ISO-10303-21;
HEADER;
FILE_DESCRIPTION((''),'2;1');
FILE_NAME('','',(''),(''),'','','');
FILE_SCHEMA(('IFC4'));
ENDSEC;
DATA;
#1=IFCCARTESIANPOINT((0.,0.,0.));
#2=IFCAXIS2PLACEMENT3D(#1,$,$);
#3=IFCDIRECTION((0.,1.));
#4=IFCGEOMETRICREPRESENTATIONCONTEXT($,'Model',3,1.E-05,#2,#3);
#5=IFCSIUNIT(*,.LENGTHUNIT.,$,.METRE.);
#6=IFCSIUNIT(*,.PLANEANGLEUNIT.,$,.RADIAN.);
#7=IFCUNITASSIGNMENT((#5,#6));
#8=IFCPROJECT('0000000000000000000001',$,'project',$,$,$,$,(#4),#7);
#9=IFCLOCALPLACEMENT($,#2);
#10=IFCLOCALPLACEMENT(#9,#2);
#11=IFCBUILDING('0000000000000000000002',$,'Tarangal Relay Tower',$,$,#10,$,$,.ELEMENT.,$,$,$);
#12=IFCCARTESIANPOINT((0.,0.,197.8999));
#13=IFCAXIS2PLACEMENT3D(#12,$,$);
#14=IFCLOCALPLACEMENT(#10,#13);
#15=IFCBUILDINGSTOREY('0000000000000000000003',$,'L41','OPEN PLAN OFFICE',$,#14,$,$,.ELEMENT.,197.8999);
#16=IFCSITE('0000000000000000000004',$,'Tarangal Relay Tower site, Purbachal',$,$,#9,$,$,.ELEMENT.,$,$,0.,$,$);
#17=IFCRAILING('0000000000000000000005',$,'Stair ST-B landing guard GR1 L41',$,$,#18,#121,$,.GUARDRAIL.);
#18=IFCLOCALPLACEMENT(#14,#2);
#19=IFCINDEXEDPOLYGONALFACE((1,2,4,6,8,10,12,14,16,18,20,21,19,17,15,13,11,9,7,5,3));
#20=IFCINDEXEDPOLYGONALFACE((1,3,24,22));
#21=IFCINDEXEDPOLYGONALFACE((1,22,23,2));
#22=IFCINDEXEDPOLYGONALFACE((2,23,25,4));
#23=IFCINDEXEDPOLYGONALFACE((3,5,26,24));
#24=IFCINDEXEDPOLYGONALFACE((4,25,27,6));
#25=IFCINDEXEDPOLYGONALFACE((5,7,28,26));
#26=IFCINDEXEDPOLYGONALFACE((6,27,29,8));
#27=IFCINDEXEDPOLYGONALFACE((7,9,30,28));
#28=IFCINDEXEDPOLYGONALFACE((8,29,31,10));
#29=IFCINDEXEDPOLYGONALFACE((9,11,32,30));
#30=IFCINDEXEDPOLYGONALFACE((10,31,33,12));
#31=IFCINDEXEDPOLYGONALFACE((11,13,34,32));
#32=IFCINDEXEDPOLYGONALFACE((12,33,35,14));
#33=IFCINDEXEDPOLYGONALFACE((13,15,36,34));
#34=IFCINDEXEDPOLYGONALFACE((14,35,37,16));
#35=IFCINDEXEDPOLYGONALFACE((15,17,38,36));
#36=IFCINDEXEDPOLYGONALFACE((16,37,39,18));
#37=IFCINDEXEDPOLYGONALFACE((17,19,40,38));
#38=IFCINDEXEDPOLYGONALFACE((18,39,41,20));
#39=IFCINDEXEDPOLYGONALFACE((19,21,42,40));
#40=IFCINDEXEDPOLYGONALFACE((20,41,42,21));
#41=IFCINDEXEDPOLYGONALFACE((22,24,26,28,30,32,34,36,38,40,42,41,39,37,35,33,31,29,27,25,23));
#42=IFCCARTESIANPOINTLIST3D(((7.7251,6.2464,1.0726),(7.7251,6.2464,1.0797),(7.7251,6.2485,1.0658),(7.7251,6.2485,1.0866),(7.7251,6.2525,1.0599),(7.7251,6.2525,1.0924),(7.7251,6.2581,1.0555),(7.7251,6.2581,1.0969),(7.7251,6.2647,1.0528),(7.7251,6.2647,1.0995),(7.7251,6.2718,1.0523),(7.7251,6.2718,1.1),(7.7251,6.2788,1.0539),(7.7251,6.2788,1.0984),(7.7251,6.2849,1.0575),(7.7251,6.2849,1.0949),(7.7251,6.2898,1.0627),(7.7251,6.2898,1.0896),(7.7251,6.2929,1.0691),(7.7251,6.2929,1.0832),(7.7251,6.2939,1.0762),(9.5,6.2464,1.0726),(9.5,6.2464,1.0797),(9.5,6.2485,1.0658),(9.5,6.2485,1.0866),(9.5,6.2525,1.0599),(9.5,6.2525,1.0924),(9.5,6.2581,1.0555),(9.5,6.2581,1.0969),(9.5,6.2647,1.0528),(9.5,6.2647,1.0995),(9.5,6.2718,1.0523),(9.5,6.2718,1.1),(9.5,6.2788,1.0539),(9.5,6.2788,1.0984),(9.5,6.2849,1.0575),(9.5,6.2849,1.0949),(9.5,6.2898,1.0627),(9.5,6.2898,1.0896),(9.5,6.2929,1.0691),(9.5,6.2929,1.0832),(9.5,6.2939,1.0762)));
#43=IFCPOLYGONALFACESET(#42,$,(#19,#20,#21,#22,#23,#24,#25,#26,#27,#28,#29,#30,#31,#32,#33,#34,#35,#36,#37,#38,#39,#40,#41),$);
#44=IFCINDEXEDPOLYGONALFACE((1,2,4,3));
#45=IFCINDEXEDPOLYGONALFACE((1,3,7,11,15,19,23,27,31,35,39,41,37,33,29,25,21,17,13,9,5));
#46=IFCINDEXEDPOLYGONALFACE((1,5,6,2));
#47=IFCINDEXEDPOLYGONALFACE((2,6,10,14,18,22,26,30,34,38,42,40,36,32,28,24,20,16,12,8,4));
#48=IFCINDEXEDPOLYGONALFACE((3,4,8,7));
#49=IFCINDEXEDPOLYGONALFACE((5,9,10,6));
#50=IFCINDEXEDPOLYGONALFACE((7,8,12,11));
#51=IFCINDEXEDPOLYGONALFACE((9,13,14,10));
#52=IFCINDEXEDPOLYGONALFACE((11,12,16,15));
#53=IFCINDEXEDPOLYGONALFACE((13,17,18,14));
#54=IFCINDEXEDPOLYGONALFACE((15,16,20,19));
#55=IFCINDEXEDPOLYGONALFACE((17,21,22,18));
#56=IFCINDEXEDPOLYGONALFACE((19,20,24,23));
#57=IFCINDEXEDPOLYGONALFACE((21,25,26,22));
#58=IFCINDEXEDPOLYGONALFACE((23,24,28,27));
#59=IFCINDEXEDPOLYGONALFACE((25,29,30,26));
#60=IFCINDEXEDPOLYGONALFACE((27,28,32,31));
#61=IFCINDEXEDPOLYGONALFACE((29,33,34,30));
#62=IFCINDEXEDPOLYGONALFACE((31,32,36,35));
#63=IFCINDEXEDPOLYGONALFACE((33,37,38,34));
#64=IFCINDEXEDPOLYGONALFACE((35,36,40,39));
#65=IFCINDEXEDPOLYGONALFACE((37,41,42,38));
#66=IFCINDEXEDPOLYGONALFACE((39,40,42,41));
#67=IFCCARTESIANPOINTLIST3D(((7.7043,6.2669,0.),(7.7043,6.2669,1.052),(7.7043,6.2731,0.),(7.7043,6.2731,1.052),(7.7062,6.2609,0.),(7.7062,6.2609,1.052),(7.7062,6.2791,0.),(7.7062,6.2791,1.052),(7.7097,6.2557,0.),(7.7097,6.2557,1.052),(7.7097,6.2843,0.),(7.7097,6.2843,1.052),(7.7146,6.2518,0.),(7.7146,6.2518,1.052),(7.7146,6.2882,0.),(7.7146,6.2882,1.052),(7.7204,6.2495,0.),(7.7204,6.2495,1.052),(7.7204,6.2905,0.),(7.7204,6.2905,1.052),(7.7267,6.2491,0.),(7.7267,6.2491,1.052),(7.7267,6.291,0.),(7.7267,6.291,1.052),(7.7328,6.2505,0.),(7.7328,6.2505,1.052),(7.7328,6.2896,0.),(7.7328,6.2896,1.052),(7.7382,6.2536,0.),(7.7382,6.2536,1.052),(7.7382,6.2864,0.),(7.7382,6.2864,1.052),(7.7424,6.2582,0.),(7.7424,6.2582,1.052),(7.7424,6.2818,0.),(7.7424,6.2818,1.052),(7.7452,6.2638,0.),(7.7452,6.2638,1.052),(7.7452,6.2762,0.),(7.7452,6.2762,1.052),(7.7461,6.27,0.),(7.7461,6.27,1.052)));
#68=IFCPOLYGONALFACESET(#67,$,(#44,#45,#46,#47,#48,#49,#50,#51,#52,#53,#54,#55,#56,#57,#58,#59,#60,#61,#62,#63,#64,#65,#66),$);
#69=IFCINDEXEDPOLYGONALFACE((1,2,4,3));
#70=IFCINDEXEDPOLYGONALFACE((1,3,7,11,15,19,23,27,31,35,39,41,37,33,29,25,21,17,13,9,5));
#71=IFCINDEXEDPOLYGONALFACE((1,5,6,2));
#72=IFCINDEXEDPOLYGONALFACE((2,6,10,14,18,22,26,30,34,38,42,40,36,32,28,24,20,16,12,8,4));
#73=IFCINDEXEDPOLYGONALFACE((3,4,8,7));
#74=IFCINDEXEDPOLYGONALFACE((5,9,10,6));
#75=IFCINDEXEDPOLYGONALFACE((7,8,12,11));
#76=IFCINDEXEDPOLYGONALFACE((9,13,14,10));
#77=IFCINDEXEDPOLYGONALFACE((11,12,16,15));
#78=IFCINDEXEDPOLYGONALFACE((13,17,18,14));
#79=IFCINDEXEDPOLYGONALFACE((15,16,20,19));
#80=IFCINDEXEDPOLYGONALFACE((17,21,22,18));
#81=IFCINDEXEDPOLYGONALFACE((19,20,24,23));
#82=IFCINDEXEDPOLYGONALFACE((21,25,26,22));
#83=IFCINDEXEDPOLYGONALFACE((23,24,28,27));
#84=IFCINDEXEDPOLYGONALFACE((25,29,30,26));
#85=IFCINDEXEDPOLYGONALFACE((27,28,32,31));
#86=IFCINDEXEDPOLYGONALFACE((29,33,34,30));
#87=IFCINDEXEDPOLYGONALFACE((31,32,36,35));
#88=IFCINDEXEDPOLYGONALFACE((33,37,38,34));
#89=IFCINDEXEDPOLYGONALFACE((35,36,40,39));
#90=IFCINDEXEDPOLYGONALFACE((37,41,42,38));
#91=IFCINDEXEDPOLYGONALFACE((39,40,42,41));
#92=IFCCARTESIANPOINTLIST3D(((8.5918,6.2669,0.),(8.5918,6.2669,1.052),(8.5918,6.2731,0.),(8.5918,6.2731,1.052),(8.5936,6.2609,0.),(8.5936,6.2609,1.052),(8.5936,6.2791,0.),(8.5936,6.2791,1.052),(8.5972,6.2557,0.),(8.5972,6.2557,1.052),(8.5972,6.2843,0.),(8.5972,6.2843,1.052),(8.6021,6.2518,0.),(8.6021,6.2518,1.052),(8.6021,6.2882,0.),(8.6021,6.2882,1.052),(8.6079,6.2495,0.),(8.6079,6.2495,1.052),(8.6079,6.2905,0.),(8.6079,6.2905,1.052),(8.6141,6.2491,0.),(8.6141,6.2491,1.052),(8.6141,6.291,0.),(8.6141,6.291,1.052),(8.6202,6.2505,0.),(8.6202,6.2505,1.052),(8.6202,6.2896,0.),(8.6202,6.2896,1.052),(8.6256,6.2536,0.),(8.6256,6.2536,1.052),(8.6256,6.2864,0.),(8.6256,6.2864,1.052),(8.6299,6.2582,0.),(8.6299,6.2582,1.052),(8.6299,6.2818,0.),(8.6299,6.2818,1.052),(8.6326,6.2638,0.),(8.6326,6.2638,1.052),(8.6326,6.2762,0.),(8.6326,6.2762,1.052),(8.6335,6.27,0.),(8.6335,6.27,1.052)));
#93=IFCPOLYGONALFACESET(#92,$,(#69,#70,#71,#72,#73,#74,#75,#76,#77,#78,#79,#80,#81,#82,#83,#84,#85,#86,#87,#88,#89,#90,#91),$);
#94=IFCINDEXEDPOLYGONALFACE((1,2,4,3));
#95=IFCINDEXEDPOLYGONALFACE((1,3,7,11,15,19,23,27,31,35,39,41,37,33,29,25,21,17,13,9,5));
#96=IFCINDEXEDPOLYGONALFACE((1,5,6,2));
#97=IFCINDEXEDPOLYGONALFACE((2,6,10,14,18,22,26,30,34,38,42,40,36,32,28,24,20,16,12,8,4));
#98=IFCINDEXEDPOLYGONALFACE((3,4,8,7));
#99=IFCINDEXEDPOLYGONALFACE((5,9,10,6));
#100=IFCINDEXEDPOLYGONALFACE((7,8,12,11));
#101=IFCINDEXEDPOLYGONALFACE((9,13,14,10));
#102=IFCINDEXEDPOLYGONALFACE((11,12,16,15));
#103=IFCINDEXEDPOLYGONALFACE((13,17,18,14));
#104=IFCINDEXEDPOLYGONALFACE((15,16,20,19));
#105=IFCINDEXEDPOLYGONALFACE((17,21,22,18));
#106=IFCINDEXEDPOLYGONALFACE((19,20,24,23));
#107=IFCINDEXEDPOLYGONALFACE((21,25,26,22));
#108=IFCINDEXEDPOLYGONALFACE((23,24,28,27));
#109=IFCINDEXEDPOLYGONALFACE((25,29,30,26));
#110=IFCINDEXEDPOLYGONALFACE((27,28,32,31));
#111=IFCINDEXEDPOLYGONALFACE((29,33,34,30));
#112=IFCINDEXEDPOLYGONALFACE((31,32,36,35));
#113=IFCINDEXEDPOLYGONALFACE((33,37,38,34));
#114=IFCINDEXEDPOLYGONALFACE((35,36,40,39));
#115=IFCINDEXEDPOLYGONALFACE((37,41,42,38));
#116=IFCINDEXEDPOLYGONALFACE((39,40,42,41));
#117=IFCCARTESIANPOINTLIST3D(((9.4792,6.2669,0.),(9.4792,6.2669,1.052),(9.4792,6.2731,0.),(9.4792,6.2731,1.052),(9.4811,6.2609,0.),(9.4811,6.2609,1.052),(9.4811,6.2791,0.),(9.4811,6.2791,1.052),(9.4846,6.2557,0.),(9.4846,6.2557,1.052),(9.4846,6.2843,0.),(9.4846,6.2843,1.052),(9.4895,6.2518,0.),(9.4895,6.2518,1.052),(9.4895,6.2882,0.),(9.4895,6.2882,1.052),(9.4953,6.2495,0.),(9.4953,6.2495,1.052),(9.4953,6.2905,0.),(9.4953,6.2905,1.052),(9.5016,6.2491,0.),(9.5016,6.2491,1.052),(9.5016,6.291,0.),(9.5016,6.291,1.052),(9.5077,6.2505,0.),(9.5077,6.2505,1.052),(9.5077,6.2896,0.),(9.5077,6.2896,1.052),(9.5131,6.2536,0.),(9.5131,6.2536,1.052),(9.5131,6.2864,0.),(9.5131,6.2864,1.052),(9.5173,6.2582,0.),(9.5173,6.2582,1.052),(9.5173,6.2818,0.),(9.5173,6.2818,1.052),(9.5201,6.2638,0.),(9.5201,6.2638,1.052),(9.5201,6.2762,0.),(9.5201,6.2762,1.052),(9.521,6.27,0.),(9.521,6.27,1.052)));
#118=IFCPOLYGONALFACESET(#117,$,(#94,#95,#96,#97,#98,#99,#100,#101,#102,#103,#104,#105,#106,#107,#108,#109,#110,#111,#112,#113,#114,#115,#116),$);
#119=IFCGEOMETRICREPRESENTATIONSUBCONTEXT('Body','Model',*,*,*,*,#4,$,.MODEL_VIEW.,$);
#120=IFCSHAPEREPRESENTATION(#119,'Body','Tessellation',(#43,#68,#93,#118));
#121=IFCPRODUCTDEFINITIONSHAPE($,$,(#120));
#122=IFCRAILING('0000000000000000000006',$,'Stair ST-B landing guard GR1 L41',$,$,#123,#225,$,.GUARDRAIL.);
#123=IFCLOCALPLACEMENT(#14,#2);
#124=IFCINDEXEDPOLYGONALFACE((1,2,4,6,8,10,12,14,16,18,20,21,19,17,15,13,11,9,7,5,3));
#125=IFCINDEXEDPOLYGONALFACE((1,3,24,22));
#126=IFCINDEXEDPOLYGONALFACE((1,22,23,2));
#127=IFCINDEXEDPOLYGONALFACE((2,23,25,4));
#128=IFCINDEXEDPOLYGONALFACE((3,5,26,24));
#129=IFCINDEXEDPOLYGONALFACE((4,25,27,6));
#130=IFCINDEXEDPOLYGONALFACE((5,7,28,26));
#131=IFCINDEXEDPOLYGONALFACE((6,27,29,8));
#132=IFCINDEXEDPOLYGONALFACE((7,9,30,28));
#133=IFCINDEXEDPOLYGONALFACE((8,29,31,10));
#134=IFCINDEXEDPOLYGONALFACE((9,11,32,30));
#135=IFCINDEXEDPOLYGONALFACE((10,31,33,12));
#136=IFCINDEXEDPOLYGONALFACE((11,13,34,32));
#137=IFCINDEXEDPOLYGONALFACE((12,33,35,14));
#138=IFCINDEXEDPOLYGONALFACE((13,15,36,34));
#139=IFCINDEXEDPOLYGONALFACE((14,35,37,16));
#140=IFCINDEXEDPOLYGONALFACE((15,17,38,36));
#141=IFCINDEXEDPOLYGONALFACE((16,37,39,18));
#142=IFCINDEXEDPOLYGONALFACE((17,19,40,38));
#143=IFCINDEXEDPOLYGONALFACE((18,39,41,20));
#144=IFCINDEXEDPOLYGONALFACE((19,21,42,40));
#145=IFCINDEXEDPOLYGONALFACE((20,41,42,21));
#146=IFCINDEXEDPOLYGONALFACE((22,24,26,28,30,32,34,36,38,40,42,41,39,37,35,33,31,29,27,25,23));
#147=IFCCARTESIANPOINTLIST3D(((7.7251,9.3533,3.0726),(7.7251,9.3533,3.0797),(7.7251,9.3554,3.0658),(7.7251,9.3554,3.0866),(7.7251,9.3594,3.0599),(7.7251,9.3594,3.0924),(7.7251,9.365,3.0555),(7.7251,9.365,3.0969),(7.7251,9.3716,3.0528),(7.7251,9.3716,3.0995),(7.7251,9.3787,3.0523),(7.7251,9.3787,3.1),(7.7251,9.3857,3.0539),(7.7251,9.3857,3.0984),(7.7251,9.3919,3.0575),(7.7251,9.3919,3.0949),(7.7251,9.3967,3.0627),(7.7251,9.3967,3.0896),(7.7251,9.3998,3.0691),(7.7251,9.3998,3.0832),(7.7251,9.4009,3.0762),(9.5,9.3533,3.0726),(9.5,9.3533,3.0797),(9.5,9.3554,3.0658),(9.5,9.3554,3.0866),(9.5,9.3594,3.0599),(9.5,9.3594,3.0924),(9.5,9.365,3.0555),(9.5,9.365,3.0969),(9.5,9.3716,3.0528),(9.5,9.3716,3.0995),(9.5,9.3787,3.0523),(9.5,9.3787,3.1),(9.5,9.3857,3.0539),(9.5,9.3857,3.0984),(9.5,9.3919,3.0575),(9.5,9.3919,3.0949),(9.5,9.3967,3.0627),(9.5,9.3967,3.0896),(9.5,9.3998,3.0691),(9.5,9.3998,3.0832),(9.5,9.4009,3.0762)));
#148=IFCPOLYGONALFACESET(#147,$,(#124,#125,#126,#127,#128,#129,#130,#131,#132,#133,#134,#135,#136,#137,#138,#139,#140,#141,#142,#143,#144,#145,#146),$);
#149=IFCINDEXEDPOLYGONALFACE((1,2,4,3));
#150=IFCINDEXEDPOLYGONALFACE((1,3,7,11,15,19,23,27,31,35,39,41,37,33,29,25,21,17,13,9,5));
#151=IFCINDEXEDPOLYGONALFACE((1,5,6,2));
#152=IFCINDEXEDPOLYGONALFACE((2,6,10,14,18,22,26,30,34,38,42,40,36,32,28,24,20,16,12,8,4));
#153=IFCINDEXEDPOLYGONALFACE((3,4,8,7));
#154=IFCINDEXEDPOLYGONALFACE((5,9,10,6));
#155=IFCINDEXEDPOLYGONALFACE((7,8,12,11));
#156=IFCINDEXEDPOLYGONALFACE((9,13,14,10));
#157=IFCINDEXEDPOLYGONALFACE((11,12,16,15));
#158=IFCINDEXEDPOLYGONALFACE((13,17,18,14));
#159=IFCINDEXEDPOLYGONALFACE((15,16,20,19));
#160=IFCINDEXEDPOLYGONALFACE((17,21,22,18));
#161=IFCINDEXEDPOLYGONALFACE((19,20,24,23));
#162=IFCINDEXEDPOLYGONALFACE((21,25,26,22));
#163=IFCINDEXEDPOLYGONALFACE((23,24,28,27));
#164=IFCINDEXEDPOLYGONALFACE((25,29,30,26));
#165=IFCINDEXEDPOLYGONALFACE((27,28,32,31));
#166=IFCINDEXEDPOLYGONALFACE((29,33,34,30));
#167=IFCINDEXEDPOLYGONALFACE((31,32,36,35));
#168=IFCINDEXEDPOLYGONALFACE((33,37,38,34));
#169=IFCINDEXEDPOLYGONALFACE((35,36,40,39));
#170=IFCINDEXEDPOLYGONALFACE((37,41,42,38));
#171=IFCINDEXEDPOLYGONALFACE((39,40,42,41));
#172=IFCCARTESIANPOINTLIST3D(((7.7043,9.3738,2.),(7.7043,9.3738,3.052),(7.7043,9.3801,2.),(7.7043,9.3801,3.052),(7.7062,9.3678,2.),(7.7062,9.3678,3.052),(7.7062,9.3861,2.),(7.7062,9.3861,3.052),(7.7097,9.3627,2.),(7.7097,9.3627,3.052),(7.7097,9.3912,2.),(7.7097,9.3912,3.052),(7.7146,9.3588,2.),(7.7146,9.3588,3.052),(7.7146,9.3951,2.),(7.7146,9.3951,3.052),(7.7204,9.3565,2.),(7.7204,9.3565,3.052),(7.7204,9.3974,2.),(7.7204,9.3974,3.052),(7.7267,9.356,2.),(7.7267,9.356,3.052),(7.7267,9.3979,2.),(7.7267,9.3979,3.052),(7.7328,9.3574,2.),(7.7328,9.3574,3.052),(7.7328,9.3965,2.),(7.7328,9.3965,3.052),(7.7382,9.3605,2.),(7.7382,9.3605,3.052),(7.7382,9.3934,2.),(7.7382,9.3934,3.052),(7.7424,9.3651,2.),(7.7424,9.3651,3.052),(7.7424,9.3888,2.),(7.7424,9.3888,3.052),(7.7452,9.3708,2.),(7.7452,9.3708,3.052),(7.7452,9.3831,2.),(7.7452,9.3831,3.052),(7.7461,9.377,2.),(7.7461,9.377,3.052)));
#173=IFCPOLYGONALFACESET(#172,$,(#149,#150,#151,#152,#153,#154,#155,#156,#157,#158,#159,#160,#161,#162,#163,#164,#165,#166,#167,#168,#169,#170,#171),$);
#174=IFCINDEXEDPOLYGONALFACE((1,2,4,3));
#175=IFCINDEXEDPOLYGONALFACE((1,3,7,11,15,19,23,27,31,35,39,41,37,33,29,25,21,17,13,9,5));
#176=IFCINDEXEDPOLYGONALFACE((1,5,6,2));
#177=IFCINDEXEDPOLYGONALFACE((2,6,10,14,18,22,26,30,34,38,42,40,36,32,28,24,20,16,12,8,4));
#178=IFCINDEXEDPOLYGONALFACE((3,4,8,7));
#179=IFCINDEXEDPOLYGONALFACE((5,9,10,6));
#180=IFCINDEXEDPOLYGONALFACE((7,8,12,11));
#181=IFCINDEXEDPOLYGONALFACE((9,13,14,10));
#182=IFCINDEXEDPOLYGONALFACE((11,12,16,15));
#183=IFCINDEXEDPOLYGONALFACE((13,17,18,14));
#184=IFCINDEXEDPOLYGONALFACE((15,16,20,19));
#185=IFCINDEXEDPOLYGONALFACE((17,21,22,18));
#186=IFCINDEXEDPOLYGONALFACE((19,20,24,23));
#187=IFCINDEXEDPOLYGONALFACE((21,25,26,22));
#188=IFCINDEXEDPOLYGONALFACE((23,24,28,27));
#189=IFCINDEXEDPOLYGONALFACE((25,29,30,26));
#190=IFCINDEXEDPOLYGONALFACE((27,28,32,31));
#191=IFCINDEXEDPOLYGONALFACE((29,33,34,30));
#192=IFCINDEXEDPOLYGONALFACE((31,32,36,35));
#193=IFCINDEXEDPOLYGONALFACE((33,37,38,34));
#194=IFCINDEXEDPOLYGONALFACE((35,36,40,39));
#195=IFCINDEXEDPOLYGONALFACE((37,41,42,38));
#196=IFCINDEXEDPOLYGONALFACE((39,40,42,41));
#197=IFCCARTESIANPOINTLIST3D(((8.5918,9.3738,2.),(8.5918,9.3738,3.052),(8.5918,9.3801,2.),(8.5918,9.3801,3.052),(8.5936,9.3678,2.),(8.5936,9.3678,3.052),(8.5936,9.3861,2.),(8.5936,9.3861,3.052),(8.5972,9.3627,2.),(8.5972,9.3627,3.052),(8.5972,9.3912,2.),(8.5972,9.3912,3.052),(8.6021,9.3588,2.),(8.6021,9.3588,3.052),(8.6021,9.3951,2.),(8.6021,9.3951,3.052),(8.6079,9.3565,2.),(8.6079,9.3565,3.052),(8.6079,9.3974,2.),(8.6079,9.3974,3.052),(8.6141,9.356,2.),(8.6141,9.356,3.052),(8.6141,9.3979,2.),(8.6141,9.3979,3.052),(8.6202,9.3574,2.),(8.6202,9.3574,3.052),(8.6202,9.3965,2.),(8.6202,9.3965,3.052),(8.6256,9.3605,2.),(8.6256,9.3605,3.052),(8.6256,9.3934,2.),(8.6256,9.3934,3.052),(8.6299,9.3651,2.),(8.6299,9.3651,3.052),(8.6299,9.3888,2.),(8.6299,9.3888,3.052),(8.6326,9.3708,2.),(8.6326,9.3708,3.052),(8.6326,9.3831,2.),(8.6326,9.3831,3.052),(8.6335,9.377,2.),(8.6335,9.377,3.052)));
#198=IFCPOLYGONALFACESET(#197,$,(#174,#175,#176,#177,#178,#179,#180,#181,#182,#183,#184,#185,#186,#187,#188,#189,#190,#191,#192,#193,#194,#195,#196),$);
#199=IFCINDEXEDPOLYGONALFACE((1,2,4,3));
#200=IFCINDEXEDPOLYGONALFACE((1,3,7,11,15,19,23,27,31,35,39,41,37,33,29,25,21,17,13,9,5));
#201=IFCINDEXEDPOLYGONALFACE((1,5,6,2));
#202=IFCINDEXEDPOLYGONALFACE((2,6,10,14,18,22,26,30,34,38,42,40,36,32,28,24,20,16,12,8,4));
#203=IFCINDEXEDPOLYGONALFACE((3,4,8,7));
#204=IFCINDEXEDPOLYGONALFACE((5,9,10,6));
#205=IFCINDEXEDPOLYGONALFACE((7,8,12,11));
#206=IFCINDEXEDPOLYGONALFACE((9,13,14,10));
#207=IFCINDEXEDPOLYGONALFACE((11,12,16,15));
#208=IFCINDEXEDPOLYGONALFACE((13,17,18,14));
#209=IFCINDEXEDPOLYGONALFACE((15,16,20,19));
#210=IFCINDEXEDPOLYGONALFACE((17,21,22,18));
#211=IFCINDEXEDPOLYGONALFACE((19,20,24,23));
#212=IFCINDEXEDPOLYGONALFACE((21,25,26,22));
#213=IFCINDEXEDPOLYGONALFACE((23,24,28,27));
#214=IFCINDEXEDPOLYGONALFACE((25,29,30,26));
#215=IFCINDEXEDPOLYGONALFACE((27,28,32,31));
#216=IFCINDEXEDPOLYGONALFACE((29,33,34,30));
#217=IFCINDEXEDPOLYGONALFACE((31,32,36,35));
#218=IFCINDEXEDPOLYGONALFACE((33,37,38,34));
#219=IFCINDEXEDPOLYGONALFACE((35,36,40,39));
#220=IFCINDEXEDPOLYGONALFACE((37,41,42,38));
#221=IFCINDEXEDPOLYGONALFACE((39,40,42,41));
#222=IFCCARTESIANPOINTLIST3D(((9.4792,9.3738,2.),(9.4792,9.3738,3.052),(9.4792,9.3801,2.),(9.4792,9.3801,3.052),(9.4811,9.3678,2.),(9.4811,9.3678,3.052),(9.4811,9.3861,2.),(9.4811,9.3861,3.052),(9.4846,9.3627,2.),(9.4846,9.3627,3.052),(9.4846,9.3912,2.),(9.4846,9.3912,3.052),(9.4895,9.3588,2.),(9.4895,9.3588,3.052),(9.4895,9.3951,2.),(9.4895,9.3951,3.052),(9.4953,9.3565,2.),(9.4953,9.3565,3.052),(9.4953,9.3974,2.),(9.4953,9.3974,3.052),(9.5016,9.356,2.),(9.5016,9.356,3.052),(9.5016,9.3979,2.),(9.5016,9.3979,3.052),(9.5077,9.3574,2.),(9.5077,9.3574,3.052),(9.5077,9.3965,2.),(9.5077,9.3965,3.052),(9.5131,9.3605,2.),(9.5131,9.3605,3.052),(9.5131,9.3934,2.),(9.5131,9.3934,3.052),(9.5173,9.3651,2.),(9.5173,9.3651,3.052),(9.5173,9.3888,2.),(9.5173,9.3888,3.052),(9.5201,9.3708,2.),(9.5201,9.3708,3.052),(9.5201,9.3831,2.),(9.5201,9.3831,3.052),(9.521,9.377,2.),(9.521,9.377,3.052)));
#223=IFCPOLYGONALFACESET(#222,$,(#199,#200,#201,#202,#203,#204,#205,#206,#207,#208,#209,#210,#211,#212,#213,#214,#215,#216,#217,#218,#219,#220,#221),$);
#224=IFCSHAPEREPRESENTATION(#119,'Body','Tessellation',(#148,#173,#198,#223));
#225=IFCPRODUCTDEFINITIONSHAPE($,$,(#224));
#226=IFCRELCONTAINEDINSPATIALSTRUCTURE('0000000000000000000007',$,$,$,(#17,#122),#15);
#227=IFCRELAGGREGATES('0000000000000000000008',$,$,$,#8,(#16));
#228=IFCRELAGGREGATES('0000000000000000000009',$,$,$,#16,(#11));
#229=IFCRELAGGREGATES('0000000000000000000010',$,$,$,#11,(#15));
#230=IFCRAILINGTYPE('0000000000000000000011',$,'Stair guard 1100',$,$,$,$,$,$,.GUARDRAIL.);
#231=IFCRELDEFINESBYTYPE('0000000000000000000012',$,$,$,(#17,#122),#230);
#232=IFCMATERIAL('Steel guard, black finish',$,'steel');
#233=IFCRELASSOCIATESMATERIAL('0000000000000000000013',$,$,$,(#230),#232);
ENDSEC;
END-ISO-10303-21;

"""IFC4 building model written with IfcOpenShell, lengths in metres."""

from ifc_helpers import new_model, si_unit, direction, frame, origin, origin_2d, place, context, subcontext, project, spatial, circle, extrude, material, type_object, element, save


model = new_model("IFC4")

# Units and contexts
model_context = context("Model", 3, precision=1e-05, world=origin(), true_north=direction((0.0, 1.0)))
body_context = subcontext(model_context, "Body", "Model", "MODEL_VIEW")
ifc_project = project(units=[si_unit("LENGTHUNIT", "METRE"), si_unit("PLANEANGLEUNIT", "RADIAN")], contexts=[model_context])

# Site, building, storey
site_placement = place(None, origin())
site = spatial("IfcSite", under=ifc_project, at=site_placement, Name="Tarangal Relay Tower site, Purbachal", CompositionType="ELEMENT", RefElevation=0.0)
building_placement = place(site_placement, origin())
building = spatial("IfcBuilding", under=site, at=building_placement, Name="Tarangal Relay Tower", CompositionType="ELEMENT")
storey_placement = place(building_placement, frame((0.0, 0.0, 197.8999)))
storey = spatial("IfcBuildingStorey", under=building, at=storey_placement, Name="L41", Description="OPEN PLAN OFFICE", CompositionType="ELEMENT", Elevation=197.8999)

# Railings
ifc_material_1 = material(Name="Steel guard, black finish", Category="steel")
railing_type_1 = type_object("IfcRailingType", Name="Stair guard 1100", PredefinedType="GUARDRAIL", material=ifc_material_1)
for number, where, name in (
    (1, (7.7251, 6.27, 0.0), "Stair ST-B landing guard GR1 L41"),
    (2, (7.7251, 9.377, 2.0), "Stair ST-B landing guard GR1 L41"),
):
    element("IfcRailing", number, at=place(storey_placement, frame(where)), inside=storey, type_object=railing_type_1, Name=name, PredefinedType="GUARDRAIL", context=body_context, shape_type="SweptSolid", body=[
        extrude(circle(Radius=0.0239, at=origin_2d()), frame((0.0, 0.0, 1.0762), z_axis=(1.0, 0.0, 0.0), x_axis=(0.0, 1.0, 0.0)), (0.0, 0.0, 1.0), 1.7749),
        extrude(circle(Radius=0.021, at=origin_2d()), origin(), (0.0, 0.0, 1.0), 1.052),
        extrude(circle(Radius=0.021, at=origin_2d()), frame((0.8875, 0.0, 0.0)), (0.0, 0.0, 1.0), 1.052),
        extrude(circle(Radius=0.021, at=origin_2d()), frame((1.7749, 0.0, 0.0)), (0.0, 0.0, 1.0), 1.052),
    ])

save(model, "model.ifc")
